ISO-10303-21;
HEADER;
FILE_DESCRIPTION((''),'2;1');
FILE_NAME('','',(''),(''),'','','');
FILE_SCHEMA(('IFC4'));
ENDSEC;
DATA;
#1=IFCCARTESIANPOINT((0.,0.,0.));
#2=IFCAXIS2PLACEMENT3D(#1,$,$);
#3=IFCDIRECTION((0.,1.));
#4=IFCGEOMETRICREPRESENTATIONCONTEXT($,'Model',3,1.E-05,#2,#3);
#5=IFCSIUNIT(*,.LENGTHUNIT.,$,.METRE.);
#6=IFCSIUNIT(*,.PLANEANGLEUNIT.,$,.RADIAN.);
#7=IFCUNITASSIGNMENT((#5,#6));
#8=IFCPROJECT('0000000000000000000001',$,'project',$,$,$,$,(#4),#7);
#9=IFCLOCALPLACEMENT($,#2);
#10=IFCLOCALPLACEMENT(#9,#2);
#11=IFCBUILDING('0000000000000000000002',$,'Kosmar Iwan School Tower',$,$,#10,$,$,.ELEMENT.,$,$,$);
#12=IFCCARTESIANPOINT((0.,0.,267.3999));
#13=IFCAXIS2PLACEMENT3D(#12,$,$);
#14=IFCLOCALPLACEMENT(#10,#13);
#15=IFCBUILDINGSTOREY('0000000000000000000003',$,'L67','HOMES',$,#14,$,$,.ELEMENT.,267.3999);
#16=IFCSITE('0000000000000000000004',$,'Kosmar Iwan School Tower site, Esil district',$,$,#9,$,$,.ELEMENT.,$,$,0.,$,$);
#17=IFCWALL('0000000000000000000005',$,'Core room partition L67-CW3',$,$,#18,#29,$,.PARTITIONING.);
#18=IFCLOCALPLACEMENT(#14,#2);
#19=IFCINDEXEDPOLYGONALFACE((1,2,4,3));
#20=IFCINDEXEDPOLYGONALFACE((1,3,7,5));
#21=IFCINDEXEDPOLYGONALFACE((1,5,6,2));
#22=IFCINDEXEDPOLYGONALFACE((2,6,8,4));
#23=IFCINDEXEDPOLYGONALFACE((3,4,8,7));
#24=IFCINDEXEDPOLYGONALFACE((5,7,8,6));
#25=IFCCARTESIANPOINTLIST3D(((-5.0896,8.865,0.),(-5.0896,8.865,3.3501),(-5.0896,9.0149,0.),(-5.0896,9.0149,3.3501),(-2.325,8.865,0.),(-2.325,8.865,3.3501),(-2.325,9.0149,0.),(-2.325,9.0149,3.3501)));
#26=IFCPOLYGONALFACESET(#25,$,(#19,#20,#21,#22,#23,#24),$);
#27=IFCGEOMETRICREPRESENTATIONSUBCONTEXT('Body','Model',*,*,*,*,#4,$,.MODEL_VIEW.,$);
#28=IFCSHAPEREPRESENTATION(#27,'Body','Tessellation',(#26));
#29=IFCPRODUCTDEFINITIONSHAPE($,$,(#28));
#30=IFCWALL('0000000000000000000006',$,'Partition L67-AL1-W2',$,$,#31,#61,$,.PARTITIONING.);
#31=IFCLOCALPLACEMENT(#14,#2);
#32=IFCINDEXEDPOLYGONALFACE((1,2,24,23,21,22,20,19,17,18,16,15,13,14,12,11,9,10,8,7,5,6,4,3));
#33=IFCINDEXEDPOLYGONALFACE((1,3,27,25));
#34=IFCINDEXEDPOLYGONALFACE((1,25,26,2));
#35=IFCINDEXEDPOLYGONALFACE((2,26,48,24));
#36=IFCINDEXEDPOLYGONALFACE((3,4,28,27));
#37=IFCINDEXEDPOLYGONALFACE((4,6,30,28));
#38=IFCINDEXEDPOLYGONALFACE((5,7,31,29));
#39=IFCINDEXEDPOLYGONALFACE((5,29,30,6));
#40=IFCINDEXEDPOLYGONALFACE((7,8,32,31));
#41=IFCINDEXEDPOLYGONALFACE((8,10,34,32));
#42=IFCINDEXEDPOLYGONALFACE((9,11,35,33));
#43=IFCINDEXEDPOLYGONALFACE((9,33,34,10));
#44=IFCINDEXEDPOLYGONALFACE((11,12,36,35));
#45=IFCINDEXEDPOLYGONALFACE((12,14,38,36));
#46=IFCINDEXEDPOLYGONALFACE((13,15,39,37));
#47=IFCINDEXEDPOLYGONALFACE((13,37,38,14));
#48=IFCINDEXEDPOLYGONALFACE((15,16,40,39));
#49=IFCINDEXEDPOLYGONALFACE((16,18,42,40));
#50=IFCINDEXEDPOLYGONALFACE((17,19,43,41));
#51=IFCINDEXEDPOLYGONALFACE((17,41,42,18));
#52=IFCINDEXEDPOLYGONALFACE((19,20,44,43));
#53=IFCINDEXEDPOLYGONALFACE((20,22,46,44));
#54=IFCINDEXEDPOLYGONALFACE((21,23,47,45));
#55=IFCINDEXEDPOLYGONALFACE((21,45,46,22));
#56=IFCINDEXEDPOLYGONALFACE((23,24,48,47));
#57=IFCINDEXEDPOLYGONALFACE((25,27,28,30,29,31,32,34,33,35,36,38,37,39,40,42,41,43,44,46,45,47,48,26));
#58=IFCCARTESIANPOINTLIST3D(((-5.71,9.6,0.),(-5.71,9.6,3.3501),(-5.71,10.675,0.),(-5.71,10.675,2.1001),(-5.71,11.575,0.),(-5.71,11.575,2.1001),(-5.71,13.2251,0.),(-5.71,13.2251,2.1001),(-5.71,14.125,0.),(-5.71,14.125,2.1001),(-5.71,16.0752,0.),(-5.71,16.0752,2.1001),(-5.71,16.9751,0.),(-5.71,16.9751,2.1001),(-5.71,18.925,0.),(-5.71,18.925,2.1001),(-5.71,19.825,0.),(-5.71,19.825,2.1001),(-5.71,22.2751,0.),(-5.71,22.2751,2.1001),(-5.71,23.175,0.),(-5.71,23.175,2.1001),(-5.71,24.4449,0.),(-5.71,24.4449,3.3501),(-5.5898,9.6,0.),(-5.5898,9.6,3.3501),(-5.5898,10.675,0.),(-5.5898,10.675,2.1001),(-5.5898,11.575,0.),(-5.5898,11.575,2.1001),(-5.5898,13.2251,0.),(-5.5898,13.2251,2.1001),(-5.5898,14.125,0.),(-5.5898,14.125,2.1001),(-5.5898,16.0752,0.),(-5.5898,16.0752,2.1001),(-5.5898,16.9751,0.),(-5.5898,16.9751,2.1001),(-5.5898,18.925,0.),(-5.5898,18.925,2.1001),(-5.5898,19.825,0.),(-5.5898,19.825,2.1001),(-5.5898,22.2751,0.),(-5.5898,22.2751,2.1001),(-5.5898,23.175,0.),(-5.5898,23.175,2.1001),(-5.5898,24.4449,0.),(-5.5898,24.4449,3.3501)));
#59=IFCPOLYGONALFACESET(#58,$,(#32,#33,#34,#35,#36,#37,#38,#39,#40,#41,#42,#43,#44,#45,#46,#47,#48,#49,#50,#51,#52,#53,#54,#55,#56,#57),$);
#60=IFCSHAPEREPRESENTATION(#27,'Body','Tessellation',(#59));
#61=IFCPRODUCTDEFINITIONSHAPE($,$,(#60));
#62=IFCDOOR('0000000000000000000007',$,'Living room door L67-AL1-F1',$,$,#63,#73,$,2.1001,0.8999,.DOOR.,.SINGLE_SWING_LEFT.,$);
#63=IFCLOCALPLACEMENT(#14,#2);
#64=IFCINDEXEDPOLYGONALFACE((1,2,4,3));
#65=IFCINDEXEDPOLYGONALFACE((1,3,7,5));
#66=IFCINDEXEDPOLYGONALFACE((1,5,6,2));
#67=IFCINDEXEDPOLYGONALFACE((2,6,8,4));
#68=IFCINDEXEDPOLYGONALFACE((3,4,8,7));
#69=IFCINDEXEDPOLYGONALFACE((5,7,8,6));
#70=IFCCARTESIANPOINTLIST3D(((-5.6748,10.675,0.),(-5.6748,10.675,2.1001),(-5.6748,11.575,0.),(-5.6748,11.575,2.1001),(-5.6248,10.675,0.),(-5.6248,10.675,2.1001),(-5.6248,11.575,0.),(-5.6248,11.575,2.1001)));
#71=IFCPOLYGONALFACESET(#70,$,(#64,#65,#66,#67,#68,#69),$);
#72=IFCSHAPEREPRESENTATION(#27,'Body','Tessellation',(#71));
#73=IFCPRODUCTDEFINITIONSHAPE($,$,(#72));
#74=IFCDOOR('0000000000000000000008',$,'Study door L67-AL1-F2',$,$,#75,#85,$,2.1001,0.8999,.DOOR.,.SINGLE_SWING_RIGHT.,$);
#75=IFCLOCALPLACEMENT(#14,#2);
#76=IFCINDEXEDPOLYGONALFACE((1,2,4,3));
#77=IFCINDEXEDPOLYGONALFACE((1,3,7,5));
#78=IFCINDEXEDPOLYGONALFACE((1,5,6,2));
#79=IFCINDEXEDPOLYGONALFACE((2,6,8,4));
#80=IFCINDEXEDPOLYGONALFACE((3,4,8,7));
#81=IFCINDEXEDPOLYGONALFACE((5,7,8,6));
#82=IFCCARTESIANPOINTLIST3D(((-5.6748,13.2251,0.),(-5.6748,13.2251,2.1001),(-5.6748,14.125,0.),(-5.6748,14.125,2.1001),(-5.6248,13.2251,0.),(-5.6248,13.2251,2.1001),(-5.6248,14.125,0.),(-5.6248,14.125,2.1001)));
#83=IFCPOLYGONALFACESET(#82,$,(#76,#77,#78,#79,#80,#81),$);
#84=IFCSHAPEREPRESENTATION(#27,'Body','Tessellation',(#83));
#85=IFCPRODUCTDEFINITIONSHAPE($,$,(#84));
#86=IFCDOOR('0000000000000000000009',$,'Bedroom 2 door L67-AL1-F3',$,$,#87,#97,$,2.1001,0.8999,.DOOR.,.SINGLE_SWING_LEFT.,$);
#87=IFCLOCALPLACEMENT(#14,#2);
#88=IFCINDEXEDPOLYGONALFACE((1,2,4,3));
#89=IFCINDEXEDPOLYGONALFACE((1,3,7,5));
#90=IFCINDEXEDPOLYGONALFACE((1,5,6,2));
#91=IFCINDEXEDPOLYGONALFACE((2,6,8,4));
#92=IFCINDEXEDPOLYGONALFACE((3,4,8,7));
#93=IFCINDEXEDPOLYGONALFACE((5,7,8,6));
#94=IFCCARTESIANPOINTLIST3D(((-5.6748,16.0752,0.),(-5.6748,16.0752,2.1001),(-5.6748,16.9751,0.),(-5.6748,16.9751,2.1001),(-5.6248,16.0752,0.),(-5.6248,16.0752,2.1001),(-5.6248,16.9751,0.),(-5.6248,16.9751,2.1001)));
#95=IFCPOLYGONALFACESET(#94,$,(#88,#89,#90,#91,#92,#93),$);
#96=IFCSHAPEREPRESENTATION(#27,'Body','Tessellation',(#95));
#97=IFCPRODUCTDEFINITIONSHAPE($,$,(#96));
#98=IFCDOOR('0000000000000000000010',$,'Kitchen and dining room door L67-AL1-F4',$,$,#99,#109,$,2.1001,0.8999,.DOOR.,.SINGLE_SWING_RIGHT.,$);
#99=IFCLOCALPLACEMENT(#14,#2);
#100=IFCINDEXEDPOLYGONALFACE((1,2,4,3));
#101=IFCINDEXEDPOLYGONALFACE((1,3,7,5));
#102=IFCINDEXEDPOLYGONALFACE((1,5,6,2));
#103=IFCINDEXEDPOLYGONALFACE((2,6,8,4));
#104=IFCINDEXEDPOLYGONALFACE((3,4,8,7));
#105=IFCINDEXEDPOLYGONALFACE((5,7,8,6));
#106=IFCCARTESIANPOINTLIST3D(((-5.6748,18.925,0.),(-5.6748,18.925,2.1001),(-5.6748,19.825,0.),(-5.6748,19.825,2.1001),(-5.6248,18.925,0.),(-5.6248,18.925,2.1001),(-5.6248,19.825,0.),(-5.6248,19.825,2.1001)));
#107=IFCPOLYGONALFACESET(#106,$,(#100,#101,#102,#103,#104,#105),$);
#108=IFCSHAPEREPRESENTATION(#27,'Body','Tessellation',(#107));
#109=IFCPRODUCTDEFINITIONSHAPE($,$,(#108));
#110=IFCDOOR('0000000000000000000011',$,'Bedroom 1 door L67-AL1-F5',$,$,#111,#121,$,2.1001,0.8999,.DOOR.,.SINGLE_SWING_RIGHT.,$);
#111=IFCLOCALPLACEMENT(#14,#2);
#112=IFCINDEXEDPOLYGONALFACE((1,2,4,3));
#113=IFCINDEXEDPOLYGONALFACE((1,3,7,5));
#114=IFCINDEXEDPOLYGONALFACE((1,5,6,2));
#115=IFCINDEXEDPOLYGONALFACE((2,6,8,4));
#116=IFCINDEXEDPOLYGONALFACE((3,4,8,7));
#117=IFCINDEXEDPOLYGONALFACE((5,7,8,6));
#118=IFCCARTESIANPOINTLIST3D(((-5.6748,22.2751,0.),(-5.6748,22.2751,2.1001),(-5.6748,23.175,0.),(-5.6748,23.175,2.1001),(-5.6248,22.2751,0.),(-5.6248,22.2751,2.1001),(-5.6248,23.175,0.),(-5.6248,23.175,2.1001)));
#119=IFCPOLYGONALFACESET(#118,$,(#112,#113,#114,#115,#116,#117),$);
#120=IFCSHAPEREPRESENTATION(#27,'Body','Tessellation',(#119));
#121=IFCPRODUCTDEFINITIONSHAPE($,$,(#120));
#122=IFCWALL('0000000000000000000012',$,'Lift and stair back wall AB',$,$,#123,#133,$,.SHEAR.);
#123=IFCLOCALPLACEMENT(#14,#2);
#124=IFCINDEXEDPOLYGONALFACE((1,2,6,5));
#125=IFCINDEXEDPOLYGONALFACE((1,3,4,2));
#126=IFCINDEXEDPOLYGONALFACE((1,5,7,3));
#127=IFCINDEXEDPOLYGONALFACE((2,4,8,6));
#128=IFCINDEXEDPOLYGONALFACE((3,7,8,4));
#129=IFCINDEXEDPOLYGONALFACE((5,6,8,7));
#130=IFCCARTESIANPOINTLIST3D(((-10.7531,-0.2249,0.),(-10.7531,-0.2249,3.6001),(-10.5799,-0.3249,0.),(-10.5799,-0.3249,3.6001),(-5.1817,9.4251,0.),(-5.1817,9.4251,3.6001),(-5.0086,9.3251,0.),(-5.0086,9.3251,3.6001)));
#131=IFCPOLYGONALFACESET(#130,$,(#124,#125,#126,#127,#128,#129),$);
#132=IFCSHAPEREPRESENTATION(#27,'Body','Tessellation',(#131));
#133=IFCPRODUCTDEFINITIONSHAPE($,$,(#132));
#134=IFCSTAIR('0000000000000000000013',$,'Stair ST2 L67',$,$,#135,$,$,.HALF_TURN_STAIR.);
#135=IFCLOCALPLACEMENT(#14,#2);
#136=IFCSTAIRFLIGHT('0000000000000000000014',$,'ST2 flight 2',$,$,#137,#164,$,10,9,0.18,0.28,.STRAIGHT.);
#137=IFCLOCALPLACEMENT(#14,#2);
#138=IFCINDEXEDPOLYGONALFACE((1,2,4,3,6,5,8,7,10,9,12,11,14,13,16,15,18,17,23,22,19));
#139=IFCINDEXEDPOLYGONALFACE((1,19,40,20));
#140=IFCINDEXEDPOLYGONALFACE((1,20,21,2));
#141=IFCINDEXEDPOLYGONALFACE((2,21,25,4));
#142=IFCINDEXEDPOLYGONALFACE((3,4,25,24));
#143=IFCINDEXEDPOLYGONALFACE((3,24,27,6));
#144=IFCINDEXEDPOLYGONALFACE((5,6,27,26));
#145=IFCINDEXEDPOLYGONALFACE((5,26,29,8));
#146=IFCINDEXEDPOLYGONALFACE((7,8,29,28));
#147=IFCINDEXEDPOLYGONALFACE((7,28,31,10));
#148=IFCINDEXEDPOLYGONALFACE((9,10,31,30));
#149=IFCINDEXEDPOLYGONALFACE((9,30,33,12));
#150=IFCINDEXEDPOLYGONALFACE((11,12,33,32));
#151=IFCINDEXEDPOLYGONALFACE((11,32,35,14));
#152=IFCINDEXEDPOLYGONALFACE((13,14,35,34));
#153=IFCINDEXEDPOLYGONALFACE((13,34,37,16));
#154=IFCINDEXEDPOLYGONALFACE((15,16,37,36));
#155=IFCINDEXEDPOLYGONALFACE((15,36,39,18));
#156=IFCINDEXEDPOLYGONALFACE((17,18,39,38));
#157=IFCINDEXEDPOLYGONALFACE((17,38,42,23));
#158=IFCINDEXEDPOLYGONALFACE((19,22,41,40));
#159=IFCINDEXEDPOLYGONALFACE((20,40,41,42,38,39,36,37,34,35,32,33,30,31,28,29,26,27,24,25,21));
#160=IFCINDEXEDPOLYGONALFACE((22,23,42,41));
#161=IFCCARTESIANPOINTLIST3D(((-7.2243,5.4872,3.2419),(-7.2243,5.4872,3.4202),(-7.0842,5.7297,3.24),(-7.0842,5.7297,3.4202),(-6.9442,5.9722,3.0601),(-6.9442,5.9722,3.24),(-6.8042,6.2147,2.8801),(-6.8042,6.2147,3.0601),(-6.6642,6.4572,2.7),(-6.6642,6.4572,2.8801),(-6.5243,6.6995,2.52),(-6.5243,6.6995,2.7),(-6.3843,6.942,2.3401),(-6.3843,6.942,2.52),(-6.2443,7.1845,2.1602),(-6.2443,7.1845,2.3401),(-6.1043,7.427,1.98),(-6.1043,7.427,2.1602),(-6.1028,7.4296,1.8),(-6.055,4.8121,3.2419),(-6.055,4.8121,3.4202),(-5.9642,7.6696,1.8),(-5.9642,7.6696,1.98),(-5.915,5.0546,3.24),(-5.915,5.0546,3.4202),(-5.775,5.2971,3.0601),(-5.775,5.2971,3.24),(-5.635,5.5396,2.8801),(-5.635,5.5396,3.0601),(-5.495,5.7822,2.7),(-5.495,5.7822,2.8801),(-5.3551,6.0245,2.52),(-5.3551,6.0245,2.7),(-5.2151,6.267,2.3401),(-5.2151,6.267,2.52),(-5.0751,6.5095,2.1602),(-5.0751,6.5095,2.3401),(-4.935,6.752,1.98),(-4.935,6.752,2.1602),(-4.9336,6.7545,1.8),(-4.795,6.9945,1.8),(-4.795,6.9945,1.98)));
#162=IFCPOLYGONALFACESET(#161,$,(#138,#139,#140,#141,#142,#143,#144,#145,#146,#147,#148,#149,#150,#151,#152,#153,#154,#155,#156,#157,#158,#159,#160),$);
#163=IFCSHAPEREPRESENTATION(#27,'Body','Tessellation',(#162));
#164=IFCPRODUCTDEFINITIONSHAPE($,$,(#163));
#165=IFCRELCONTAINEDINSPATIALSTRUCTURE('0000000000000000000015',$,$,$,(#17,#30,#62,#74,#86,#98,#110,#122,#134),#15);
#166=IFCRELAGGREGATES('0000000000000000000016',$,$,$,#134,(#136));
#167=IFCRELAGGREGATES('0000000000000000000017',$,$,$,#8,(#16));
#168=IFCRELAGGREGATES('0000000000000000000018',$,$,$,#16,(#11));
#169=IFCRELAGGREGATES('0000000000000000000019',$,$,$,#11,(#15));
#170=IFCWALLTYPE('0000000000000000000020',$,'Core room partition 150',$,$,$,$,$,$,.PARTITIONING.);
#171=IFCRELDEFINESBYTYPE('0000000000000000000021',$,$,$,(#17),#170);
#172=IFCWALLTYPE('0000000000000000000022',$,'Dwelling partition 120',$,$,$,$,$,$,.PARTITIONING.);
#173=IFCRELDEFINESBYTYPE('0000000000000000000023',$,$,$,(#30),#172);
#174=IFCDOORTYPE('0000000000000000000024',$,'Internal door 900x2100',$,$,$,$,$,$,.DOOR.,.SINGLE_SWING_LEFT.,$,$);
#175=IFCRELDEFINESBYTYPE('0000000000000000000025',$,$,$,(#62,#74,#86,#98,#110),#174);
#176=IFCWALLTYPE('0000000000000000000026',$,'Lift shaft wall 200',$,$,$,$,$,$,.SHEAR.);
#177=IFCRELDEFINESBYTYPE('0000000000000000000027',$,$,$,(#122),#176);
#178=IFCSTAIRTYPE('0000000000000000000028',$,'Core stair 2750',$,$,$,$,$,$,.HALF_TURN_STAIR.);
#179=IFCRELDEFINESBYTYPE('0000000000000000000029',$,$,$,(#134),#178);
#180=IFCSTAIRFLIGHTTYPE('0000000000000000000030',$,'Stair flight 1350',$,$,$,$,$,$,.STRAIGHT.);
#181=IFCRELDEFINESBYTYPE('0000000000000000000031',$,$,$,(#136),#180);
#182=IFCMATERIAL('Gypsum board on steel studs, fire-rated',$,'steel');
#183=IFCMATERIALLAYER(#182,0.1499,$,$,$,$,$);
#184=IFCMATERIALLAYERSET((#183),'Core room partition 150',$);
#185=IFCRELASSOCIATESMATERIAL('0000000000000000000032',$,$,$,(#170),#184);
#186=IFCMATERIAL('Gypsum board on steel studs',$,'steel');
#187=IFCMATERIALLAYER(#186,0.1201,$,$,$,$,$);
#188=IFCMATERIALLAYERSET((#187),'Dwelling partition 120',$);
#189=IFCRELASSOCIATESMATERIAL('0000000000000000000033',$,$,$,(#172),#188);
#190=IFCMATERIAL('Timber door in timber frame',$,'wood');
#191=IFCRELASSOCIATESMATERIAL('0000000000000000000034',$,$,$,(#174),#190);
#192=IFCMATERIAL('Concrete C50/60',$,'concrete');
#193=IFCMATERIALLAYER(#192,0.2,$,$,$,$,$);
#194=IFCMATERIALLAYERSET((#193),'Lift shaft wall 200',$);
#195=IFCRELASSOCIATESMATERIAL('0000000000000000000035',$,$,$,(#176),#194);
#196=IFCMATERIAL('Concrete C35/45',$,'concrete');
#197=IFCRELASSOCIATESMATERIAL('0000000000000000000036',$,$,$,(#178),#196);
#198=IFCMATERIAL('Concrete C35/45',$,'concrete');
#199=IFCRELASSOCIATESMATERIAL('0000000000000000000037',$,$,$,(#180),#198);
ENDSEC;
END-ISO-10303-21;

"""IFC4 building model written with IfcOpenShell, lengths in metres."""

from ifc_helpers import new_model, si_unit, direction, frame, frame_2d, origin, place, context, subcontext, project, spatial, polyline, rectangle, outline, extrude, material, layer, layer_set, type_object, element, fill, aggregate, save


model = new_model("IFC4")

# Units and contexts
model_context = context("Model", 3, precision=1e-05, world=origin(), true_north=direction((0.0, 1.0)))
body_context = subcontext(model_context, "Body", "Model", "MODEL_VIEW")
ifc_project = project(units=[si_unit("LENGTHUNIT", "METRE"), si_unit("PLANEANGLEUNIT", "RADIAN")], contexts=[model_context])

# Site, building, storey
site_placement = place(None, origin())
site = spatial("IfcSite", under=ifc_project, at=site_placement, Name="Kosmar Iwan School Tower site, Esil district", CompositionType="ELEMENT", RefElevation=0.0)
building_placement = place(site_placement, origin())
building = spatial("IfcBuilding", under=site, at=building_placement, Name="Kosmar Iwan School Tower", CompositionType="ELEMENT")
storey_placement = place(building_placement, frame((0.0, 0.0, 267.3999)))
storey = spatial("IfcBuildingStorey", under=building, at=storey_placement, Name="L67", Description="HOMES", CompositionType="ELEMENT", Elevation=267.3999)

# Wall
ifc_material_1 = material(Name="Gypsum board on steel studs, fire-rated", Category="steel")
ifc_layer_1 = layer(ifc_material_1, 0.1499)
ifc_layer_set_1 = layer_set([ifc_layer_1], Name="Core room partition 150")
wall_type_1 = type_object("IfcWallType", Name="Core room partition 150", PredefinedType="PARTITIONING", material=ifc_layer_set_1)
wall_1_placement = place(storey_placement, frame((-5.0896, 8.9399, 0.0), z_axis=(0.0, 0.0, 1.0), x_axis=(1.0, 0.0, 0.0)))
element("IfcWall", 1, at=wall_1_placement, inside=storey, type_object=wall_type_1, Name="Core room partition L67-CW3", PredefinedType="PARTITIONING", context=body_context, shape_type="SweptSolid", body=[
    extrude(rectangle(XDim=2.7646, YDim=0.1499, at=frame_2d((1.3823, 0.0))), origin(), (0.0, 0.0, 1.0), 3.3501),
])

# Wall, openings, doors
ifc_material_2 = material(Name="Gypsum board on steel studs", Category="steel")
ifc_layer_2 = layer(ifc_material_2, 0.1201)
ifc_layer_set_2 = layer_set([ifc_layer_2], Name="Dwelling partition 120")
wall_type_2 = type_object("IfcWallType", Name="Dwelling partition 120", PredefinedType="PARTITIONING", material=ifc_layer_set_2)
wall_2_placement = place(storey_placement, frame((-5.6499, 9.6001, 0.0), z_axis=(0.0, 0.0, 1.0), x_axis=(0.0, 1.0, 0.0)))
wall_2 = element("IfcWall", 2, at=wall_2_placement, inside=storey, type_object=wall_type_2, Name="Partition L67-AL1-W2", PredefinedType="PARTITIONING", context=body_context, shape_type="SweptSolid", body=[
    extrude(rectangle(XDim=14.845, YDim=0.1201, at=frame_2d((7.4224, 0.0))), origin(), (0.0, 0.0, 1.0), 3.3501),
])
opening_1_placement = place(wall_2_placement, frame((1.075, 0.0, 0.0)))
opening_1 = element("IfcOpeningElement", 3, at=opening_1_placement, cuts=wall_2, PredefinedType="OPENING", context=body_context, shape_type="SweptSolid", body=[
    extrude(rectangle(XDim=0.8999, YDim=2.1001, at=frame_2d((0.45, 1.05))), frame((0.0, 0.072, 0.0), z_axis=(0.0, -1.0, 0.0), x_axis=(1.0, 0.0, 0.0)), (0.0, 0.0, 1.0), 0.144),
])
opening_2_placement = place(wall_2_placement, frame((3.625, 0.0, 0.0)))
opening_2 = element("IfcOpeningElement", 4, at=opening_2_placement, cuts=wall_2, PredefinedType="OPENING", context=body_context, shape_type="SweptSolid", body=[
    extrude(rectangle(XDim=0.8999, YDim=2.1001, at=frame_2d((0.45, 1.05))), frame((0.0, 0.072, 0.0), z_axis=(0.0, -1.0, 0.0), x_axis=(1.0, 0.0, 0.0)), (0.0, 0.0, 1.0), 0.144),
])
opening_3_placement = place(wall_2_placement, frame((6.4751, 0.0, 0.0)))
opening_3 = element("IfcOpeningElement", 5, at=opening_3_placement, cuts=wall_2, PredefinedType="OPENING", context=body_context, shape_type="SweptSolid", body=[
    extrude(rectangle(XDim=0.8999, YDim=2.1001, at=frame_2d((0.45, 1.05))), frame((0.0, 0.072, 0.0), z_axis=(0.0, -1.0, 0.0), x_axis=(1.0, 0.0, 0.0)), (0.0, 0.0, 1.0), 0.144),
])
opening_4_placement = place(wall_2_placement, frame((9.325, 0.0, 0.0)))
opening_4 = element("IfcOpeningElement", 6, at=opening_4_placement, cuts=wall_2, PredefinedType="OPENING", context=body_context, shape_type="SweptSolid", body=[
    extrude(rectangle(XDim=0.8999, YDim=2.1001, at=frame_2d((0.45, 1.05))), frame((0.0, 0.072, 0.0), z_axis=(0.0, -1.0, 0.0), x_axis=(1.0, 0.0, 0.0)), (0.0, 0.0, 1.0), 0.144),
])
opening_5_placement = place(wall_2_placement, frame((12.675, 0.0, 0.0)))
opening_5 = element("IfcOpeningElement", 7, at=opening_5_placement, cuts=wall_2, PredefinedType="OPENING", context=body_context, shape_type="SweptSolid", body=[
    extrude(rectangle(XDim=0.8999, YDim=2.1001, at=frame_2d((0.45, 1.05))), frame((0.0, 0.072, 0.0), z_axis=(0.0, -1.0, 0.0), x_axis=(1.0, 0.0, 0.0)), (0.0, 0.0, 1.0), 0.144),
])
ifc_material_3 = material(Name="Timber door in timber frame", Category="wood")
door_type = type_object("IfcDoorType", Name="Internal door 900x2100", OperationType="SINGLE_SWING_LEFT", PredefinedType="DOOR", material=ifc_material_3)
door_1_placement = place(opening_1_placement, origin())
door_1 = element("IfcDoor", 8, at=door_1_placement, inside=storey, type_object=door_type, Name="Living room door L67-AL1-F1", OperationType="SINGLE_SWING_LEFT", OverallHeight=2.1001, OverallWidth=0.8999, PredefinedType="DOOR", context=body_context, shape_type="SweptSolid", body=[
    extrude(rectangle(XDim=0.8999, YDim=2.1001, at=frame_2d((0.45, 1.05))), frame((0.0, 0.0249, 0.0), z_axis=(0.0, -1.0, 0.0), x_axis=(1.0, 0.0, 0.0)), (0.0, 0.0, 1.0), 0.05),
])
fill(opening_1, door_1)
door_2_placement = place(opening_2_placement, origin())
door_2 = element("IfcDoor", 9, at=door_2_placement, inside=storey, type_object=door_type, Name="Study door L67-AL1-F2", OperationType="SINGLE_SWING_RIGHT", OverallHeight=2.1001, OverallWidth=0.8999, PredefinedType="DOOR", context=body_context, shape_type="SweptSolid", body=[
    extrude(rectangle(XDim=0.8999, YDim=2.1001, at=frame_2d((0.45, 1.05))), frame((0.0, 0.0249, 0.0), z_axis=(0.0, -1.0, 0.0), x_axis=(1.0, 0.0, 0.0)), (0.0, 0.0, 1.0), 0.05),
])
fill(opening_2, door_2)
door_3_placement = place(opening_3_placement, origin())
door_3 = element("IfcDoor", 10, at=door_3_placement, inside=storey, type_object=door_type, Name="Bedroom 2 door L67-AL1-F3", OperationType="SINGLE_SWING_LEFT", OverallHeight=2.1001, OverallWidth=0.8999, PredefinedType="DOOR", context=body_context, shape_type="SweptSolid", body=[
    extrude(rectangle(XDim=0.8999, YDim=2.1001, at=frame_2d((0.45, 1.05))), frame((0.0, 0.0249, 0.0), z_axis=(0.0, -1.0, 0.0), x_axis=(1.0, 0.0, 0.0)), (0.0, 0.0, 1.0), 0.05),
])
fill(opening_3, door_3)
door_4_placement = place(opening_4_placement, origin())
door_4 = element("IfcDoor", 11, at=door_4_placement, inside=storey, type_object=door_type, Name="Kitchen and dining room door L67-AL1-F4", OperationType="SINGLE_SWING_RIGHT", OverallHeight=2.1001, OverallWidth=0.8999, PredefinedType="DOOR", context=body_context, shape_type="SweptSolid", body=[
    extrude(rectangle(XDim=0.8999, YDim=2.1001, at=frame_2d((0.45, 1.05))), frame((0.0, 0.0249, 0.0), z_axis=(0.0, -1.0, 0.0), x_axis=(1.0, 0.0, 0.0)), (0.0, 0.0, 1.0), 0.05),
])
fill(opening_4, door_4)
door_5_placement = place(opening_5_placement, origin())
door_5 = element("IfcDoor", 12, at=door_5_placement, inside=storey, type_object=door_type, Name="Bedroom 1 door L67-AL1-F5", OperationType="SINGLE_SWING_RIGHT", OverallHeight=2.1001, OverallWidth=0.8999, PredefinedType="DOOR", context=body_context, shape_type="SweptSolid", body=[
    extrude(rectangle(XDim=0.8999, YDim=2.1001, at=frame_2d((0.45, 1.05))), frame((0.0, 0.0249, 0.0), z_axis=(0.0, -1.0, 0.0), x_axis=(1.0, 0.0, 0.0)), (0.0, 0.0, 1.0), 0.05),
])
fill(opening_5, door_5)

# Wall
ifc_material_4 = material(Name="Concrete C50/60", Category="concrete")
ifc_layer_3 = layer(ifc_material_4, 0.2)
ifc_layer_set_3 = layer_set([ifc_layer_3], Name="Lift shaft wall 200")
wall_type_3 = type_object("IfcWallType", Name="Lift shaft wall 200", PredefinedType="SHEAR", material=ifc_layer_set_3)
wall_3_placement = place(storey_placement, frame((-5.0952, 9.375, 0.0), z_axis=(0.0, 0.0, 1.0), x_axis=(-0.499994, -0.866029, 0.0)))
element("IfcWall", 13, at=wall_3_placement, inside=storey, type_object=wall_type_3, Name="Lift and stair back wall AB", PredefinedType="SHEAR", context=body_context, shape_type="SweptSolid", body=[
    extrude(rectangle(XDim=11.1428, YDim=0.2, at=frame_2d((5.5713, 0.0))), origin(), (0.0, 0.0, 1.0), 3.6001),
])

# Stair, stair flight
ifc_material_5 = material(Name="Concrete C35/45", Category="concrete")
stair_type = type_object("IfcStairType", Name="Core stair 2750", PredefinedType="HALF_TURN_STAIR", material=ifc_material_5)
stair_placement = place(storey_placement, origin())
stair = element("IfcStair", 14, at=stair_placement, inside=storey, type_object=stair_type, Name="Stair ST2 L67", PredefinedType="HALF_TURN_STAIR")
ifc_material_6 = material(Name="Concrete C35/45", Category="concrete")
stair_flight_type = type_object("IfcStairFlightType", Name="Stair flight 1350", PredefinedType="STRAIGHT", material=ifc_material_6)
stair_flight_placement = place(storey_placement, frame((-5.3796, 7.332, 1.8), z_axis=(0.0, 0.0, 1.0), x_axis=(-0.5, -0.866025, 0.0)))
stair_flight = element("IfcStairFlight", 15, at=stair_flight_placement, type_object=stair_flight_type, Name="ST2 flight 2", NumberOfRisers=10, NumberOfTreads=9, PredefinedType="STRAIGHT", RiserHeight=0.18, TreadLength=0.28, context=body_context, shape_type="SweptSolid", body=[
    extrude(outline(polyline([(0.0, 0.0), (0.0, 0.1799), (0.28, 0.1799), (0.28, 0.3601), (0.5601, 0.3601), (0.5601, 0.54), (0.8401, 0.54), (0.8401, 0.72), (1.1201, 0.72), (1.1201, 0.8999), (1.3999, 0.8999), (1.3999, 1.0801), (1.6799, 1.0801), (1.6799, 1.26), (1.96, 1.26), (1.96, 1.4399), (2.24, 1.4399), (2.24, 1.6201), (2.52, 1.6201), (2.52, 1.8), (2.52, 1.4419), (0.2771, 0.0), (0.0, 0.0)])), frame((0.0, 0.675, 0.0), z_axis=(0.0, -1.0, 0.0), x_axis=(1.0, 0.0, 0.0)), (0.0, 0.0, 1.0), 1.3501),
])
aggregate(stair, [stair_flight])

save(model, "model.ifc")
